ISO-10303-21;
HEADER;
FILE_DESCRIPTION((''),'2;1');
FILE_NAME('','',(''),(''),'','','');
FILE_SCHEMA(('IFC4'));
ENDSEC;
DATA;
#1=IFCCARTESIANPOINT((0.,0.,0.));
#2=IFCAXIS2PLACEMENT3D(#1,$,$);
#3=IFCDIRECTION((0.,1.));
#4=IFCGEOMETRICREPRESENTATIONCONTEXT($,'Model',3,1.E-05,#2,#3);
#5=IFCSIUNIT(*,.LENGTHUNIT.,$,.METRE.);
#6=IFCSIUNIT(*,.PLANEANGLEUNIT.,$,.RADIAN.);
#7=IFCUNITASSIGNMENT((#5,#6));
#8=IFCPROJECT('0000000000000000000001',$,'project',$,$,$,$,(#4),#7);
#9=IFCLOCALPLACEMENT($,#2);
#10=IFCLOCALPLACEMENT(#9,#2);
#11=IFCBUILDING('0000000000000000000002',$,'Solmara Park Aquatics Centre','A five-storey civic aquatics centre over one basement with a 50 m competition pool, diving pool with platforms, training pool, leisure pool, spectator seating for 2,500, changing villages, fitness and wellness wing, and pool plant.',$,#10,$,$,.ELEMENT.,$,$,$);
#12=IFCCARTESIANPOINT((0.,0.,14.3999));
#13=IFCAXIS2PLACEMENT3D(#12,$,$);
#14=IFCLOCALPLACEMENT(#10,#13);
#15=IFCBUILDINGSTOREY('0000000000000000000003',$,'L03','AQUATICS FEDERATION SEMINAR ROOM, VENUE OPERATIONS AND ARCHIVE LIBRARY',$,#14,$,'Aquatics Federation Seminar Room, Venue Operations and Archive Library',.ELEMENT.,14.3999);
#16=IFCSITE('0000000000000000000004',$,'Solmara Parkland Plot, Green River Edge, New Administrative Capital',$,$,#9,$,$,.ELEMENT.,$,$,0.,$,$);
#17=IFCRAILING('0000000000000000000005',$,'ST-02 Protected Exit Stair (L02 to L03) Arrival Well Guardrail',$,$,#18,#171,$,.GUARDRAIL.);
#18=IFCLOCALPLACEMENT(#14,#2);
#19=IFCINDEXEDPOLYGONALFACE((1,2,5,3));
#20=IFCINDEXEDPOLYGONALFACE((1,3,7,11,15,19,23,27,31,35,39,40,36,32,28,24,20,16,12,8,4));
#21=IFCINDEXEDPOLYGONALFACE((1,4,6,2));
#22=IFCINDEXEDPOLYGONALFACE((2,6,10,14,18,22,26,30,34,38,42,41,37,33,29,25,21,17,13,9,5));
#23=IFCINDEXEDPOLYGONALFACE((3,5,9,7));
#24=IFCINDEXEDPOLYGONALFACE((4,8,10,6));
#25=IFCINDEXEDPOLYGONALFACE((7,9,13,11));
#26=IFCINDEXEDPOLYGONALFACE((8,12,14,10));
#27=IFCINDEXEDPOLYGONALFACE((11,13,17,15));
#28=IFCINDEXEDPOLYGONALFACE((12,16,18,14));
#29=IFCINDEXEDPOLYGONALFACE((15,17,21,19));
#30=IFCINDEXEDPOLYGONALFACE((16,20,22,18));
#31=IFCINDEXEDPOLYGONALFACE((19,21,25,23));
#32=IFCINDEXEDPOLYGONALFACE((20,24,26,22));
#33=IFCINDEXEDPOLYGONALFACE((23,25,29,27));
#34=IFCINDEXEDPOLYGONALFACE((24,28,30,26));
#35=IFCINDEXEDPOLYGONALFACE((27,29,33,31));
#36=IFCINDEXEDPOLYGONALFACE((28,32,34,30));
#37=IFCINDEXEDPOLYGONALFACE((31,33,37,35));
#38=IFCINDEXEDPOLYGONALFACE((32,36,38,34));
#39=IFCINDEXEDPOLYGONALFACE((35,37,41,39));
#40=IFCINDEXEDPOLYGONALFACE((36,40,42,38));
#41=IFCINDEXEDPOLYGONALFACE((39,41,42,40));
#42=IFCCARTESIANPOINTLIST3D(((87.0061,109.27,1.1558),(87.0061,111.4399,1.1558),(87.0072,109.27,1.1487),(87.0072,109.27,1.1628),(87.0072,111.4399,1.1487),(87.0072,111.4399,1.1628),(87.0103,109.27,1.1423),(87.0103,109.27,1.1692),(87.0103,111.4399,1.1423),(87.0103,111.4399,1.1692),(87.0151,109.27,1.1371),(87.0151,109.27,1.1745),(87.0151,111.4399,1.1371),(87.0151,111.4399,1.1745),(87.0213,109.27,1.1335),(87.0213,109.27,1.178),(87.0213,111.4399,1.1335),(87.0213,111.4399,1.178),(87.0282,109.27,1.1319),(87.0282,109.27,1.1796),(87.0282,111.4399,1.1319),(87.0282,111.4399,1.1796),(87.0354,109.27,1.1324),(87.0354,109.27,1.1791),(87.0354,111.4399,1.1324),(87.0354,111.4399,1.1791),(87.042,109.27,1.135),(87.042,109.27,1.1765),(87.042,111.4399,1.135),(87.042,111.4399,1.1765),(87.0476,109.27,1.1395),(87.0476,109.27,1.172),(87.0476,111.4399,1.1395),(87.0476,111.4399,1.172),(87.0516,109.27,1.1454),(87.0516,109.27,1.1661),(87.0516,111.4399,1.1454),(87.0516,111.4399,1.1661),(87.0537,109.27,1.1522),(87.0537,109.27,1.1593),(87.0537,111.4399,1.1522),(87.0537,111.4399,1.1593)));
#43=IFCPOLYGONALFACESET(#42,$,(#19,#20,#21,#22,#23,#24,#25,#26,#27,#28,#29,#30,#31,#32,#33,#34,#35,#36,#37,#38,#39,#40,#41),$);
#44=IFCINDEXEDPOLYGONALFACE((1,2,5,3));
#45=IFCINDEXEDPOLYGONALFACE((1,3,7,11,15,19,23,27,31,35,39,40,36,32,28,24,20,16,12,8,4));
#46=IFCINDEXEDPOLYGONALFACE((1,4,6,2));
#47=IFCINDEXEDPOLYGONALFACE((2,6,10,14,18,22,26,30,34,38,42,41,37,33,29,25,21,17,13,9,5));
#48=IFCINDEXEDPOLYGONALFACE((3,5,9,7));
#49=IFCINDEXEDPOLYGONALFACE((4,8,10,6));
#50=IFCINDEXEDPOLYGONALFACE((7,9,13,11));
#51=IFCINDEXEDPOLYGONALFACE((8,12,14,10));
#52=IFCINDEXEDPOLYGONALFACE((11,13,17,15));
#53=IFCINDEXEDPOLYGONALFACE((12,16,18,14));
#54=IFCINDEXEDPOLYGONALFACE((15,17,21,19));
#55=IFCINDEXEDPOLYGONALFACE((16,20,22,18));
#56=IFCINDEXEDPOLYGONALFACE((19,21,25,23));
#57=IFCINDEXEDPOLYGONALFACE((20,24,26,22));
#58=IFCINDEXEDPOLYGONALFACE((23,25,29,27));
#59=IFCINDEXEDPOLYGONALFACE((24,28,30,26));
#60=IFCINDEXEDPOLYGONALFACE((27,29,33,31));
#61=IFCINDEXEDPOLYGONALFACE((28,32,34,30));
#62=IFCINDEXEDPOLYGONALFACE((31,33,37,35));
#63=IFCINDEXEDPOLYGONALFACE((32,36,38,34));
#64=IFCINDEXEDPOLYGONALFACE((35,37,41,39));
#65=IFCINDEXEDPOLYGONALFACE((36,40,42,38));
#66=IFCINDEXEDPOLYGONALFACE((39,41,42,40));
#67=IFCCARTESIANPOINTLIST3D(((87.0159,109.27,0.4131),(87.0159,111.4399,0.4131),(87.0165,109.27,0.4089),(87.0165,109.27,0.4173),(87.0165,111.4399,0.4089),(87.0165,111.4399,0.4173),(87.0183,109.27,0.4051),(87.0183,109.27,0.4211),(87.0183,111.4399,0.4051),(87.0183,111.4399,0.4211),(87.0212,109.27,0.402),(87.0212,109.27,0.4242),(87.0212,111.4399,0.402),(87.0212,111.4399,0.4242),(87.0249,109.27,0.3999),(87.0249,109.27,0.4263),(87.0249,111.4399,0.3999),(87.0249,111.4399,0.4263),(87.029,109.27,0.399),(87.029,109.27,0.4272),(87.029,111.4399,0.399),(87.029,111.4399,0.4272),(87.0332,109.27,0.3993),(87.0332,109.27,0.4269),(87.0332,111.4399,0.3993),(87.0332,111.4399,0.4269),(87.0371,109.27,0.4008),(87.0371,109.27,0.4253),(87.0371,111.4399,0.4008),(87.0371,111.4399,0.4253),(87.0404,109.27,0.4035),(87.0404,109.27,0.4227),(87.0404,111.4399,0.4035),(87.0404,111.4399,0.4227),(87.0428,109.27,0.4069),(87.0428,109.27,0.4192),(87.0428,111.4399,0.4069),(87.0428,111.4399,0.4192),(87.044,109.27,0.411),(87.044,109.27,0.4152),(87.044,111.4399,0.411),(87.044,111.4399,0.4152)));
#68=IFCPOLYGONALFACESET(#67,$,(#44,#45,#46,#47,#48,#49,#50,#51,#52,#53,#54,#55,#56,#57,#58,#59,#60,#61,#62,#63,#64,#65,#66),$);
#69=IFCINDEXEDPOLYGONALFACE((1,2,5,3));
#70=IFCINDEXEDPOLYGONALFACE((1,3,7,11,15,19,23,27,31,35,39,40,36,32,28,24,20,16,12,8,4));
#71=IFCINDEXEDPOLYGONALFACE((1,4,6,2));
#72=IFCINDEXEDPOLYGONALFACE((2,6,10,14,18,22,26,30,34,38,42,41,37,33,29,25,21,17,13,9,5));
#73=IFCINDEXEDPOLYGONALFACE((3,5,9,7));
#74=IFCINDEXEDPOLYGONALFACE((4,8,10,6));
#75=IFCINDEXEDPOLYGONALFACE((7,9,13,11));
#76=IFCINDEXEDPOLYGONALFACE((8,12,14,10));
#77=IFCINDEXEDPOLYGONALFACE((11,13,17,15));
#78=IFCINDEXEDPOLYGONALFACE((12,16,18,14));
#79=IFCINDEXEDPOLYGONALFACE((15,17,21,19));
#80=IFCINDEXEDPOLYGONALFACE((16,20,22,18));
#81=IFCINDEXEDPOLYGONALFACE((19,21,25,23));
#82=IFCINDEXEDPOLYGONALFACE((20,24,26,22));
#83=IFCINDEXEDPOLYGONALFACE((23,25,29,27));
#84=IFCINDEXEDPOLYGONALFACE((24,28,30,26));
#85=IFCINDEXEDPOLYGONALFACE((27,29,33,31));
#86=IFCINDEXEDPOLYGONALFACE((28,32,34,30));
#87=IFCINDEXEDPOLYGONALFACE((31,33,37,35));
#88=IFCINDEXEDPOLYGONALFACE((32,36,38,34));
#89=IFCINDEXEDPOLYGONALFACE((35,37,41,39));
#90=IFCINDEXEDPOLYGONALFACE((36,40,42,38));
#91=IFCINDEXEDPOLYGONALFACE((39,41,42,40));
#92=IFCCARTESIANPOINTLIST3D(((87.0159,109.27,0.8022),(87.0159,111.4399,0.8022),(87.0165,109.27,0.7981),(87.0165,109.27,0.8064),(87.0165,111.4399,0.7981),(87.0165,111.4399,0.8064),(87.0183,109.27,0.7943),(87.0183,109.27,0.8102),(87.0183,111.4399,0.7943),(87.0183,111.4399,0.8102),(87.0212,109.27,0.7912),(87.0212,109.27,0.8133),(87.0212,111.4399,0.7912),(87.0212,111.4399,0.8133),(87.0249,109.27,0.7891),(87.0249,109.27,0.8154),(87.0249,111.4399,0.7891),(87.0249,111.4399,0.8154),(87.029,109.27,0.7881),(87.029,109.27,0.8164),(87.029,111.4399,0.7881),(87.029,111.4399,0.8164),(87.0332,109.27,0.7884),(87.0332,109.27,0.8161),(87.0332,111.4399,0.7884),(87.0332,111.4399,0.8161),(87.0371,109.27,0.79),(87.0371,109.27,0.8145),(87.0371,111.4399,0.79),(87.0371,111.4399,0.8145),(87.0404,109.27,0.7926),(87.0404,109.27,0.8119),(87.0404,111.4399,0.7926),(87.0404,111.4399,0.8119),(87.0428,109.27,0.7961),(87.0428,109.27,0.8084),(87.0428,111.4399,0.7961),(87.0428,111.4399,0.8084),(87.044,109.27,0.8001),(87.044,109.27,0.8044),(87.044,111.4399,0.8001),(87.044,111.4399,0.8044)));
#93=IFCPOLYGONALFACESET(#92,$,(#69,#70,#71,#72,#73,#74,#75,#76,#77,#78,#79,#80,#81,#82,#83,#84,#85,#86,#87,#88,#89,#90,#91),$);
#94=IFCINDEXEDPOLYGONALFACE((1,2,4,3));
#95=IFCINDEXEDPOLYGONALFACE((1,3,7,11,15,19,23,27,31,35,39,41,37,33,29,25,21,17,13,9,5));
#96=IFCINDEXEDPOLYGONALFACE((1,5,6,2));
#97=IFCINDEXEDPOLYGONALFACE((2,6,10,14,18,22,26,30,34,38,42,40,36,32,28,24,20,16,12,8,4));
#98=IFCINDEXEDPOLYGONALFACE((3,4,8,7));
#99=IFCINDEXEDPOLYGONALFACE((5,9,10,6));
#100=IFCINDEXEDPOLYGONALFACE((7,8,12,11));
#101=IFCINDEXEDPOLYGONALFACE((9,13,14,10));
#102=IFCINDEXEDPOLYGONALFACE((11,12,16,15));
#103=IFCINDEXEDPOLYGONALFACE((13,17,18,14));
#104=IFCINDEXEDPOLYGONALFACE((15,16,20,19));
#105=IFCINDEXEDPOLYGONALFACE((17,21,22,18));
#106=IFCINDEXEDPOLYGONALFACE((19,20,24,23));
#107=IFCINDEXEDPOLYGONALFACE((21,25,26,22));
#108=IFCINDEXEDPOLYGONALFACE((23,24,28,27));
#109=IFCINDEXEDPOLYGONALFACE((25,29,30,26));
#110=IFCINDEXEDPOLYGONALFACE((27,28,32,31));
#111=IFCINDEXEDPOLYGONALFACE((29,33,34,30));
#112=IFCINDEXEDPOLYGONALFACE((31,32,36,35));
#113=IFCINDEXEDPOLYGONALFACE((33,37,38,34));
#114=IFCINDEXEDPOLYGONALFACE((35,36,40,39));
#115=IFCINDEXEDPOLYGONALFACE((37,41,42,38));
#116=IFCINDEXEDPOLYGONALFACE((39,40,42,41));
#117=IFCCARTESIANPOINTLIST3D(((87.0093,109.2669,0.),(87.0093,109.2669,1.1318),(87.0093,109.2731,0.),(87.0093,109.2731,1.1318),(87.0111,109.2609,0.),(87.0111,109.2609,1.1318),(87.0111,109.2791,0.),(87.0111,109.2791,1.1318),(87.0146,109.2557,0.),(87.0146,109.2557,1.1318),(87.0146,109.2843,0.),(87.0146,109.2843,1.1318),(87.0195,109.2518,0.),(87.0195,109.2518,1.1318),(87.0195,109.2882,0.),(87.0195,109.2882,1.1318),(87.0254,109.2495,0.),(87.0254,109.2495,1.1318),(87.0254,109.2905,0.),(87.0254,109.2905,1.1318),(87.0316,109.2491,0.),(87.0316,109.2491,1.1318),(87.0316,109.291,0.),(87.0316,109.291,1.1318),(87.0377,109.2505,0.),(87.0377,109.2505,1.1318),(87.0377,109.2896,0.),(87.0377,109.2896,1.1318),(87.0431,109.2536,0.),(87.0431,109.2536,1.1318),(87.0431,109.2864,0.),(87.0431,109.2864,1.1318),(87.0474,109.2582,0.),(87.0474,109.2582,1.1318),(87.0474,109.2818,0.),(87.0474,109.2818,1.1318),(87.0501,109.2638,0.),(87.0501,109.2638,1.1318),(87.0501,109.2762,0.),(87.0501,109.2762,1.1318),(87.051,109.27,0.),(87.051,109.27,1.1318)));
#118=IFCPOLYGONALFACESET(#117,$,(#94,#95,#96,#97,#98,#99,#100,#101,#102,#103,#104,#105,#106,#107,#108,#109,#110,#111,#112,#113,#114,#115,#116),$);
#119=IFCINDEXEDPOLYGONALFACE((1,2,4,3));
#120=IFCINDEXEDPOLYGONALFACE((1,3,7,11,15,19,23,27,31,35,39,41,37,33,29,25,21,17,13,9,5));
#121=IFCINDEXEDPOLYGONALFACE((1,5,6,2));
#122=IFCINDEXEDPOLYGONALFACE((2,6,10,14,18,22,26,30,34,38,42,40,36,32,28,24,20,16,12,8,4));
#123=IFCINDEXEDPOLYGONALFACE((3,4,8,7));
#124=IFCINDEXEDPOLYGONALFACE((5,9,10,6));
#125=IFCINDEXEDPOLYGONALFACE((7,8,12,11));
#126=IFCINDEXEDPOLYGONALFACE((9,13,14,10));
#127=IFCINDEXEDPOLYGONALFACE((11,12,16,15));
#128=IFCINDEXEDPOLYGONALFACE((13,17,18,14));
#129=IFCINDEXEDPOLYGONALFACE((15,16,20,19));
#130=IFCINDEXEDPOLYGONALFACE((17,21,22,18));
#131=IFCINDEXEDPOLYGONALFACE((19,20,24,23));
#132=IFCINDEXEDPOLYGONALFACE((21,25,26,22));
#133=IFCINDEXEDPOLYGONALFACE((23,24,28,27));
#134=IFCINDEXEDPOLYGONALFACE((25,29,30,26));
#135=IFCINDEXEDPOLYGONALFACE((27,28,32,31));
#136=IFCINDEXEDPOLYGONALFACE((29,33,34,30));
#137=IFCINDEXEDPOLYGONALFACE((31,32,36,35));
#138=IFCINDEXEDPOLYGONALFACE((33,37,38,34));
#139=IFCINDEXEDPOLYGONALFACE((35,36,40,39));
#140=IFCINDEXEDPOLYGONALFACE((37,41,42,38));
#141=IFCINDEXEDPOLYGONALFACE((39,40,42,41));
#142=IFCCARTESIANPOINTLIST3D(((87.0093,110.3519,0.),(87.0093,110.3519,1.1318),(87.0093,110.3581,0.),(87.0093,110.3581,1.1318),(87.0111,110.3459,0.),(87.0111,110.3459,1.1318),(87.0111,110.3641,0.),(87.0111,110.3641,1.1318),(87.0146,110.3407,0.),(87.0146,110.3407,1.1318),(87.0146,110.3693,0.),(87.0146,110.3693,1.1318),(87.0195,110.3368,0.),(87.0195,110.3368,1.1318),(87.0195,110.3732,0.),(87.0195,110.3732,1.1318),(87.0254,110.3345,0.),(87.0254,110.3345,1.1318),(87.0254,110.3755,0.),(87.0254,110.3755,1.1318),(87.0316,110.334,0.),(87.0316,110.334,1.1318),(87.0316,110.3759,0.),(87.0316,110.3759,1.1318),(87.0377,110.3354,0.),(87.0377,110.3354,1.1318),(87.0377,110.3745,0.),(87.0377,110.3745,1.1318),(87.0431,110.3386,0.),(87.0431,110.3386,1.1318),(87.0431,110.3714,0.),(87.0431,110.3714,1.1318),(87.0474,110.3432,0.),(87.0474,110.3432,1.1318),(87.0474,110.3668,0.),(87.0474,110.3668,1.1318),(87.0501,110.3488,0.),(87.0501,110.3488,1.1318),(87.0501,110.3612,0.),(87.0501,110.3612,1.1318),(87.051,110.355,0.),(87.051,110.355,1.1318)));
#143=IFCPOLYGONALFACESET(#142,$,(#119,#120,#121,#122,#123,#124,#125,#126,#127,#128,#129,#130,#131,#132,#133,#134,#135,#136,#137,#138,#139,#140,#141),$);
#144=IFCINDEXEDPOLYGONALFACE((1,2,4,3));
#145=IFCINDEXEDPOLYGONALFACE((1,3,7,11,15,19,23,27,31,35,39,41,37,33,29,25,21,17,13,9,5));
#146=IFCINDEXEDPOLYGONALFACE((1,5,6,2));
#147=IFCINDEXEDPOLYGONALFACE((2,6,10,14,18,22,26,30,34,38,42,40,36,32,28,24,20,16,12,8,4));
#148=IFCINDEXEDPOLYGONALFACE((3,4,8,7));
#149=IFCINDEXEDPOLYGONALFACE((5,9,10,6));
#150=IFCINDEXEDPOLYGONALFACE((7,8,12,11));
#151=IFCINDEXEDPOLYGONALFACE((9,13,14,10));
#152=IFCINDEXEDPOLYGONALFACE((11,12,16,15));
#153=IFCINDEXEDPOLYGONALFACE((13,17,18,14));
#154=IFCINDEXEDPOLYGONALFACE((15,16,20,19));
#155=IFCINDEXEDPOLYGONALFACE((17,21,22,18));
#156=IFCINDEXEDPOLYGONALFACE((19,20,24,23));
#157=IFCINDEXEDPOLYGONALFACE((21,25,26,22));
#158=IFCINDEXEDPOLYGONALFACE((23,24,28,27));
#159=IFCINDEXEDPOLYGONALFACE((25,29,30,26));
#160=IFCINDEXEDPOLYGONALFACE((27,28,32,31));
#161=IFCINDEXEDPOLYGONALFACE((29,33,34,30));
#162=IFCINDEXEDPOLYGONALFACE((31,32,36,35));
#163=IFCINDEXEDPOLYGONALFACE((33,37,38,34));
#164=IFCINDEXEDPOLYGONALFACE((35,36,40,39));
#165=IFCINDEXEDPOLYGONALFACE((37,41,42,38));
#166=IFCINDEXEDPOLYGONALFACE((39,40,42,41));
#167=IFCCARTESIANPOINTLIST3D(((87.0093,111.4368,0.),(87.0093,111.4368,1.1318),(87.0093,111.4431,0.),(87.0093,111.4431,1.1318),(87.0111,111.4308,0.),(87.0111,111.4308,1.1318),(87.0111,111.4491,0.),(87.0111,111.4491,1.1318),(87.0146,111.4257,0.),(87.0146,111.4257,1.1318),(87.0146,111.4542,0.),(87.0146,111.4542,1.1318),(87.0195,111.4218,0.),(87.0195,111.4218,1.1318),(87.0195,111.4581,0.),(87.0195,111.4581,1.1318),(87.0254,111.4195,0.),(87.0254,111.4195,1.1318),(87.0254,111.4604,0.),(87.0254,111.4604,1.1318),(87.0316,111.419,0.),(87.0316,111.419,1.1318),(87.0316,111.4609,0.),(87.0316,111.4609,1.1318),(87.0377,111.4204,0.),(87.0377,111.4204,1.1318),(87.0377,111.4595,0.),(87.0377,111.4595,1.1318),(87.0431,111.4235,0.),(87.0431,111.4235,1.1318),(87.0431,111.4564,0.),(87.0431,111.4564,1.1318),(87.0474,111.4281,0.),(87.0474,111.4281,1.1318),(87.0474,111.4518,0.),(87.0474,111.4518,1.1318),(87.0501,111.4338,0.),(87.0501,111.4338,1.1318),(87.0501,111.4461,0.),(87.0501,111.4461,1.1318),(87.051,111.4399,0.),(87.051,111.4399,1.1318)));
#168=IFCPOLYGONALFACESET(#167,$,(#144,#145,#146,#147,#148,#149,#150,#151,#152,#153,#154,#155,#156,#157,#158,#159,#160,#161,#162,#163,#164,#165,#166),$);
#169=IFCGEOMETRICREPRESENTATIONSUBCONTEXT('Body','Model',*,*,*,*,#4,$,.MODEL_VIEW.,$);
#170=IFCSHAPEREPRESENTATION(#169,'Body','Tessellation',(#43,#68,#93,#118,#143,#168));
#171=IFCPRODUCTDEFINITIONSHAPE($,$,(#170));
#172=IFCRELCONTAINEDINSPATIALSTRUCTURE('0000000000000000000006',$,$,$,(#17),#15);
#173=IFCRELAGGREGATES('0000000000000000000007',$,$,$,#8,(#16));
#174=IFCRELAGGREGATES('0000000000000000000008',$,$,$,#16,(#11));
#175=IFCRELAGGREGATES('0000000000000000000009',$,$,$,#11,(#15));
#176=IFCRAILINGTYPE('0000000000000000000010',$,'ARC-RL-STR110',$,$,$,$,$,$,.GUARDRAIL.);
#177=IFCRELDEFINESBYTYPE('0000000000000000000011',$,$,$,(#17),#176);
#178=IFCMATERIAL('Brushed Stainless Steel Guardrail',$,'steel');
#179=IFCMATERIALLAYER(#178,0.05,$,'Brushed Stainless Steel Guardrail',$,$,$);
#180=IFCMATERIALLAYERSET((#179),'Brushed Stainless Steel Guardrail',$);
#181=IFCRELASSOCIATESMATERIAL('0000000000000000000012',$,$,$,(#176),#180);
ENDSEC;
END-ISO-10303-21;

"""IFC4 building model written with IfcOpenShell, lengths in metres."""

from ifc_helpers import new_model, si_unit, direction, frame, origin, origin_2d, place, context, subcontext, project, spatial, circle, extrude, material, layer, layer_set, type_object, element, save


model = new_model("IFC4")

# Units and contexts
model_context = context("Model", 3, precision=1e-05, world=origin(), true_north=direction((0.0, 1.0)))
body_context = subcontext(model_context, "Body", "Model", "MODEL_VIEW")
ifc_project = project(units=[si_unit("LENGTHUNIT", "METRE"), si_unit("PLANEANGLEUNIT", "RADIAN")], contexts=[model_context])

# Site, building, storey
site_placement = place(None, origin())
site = spatial("IfcSite", under=ifc_project, at=site_placement, Name="Solmara Parkland Plot, Green River Edge, New Administrative Capital", CompositionType="ELEMENT", RefElevation=0.0)
building_placement = place(site_placement, origin())
building = spatial("IfcBuilding", under=site, at=building_placement, Name="Solmara Park Aquatics Centre", Description="A five-storey civic aquatics centre over one basement with a 50 m competition pool, diving pool with platforms, training pool, leisure pool, spectator seating for 2,500, changing villages, fitness and wellness wing, and pool plant.", CompositionType="ELEMENT")
storey_placement = place(building_placement, frame((0.0, 0.0, 14.3999)))
storey = spatial("IfcBuildingStorey", under=building, at=storey_placement, Name="L03", Description="AQUATICS FEDERATION SEMINAR ROOM, VENUE OPERATIONS AND ARCHIVE LIBRARY", LongName="Aquatics Federation Seminar Room, Venue Operations and Archive Library", CompositionType="ELEMENT", Elevation=14.3999)

# Railing
ifc_material_1 = material(Name="Brushed Stainless Steel Guardrail", Category="steel")
ifc_layer_1 = layer(ifc_material_1, 0.05, Name="Brushed Stainless Steel Guardrail")
ifc_layer_set_1 = layer_set([ifc_layer_1], Name="Brushed Stainless Steel Guardrail")
railing_type_1 = type_object("IfcRailingType", Name="ARC-RL-STR110", PredefinedType="GUARDRAIL", material=ifc_layer_set_1)
railing_1_placement = place(storey_placement, frame((87.03, 109.27, 0.0)))
element("IfcRailing", 1, at=railing_1_placement, inside=storey, type_object=railing_type_1, Name="ST-02 Protected Exit Stair (L02 to L03) Arrival Well Guardrail", PredefinedType="GUARDRAIL", context=body_context, shape_type="SweptSolid", body=[
    extrude(circle(Radius=0.0239, at=origin_2d()), frame((0.0, 0.0, 1.1558), z_axis=(0.0, 1.0, 0.0), x_axis=(-1.0, 0.0, 0.0)), (0.0, 0.0, 1.0), 2.1699),
    extrude(circle(Radius=0.0142, at=origin_2d()), frame((0.0, 0.0, 0.4131), z_axis=(0.0, 1.0, 0.0), x_axis=(-1.0, 0.0, 0.0)), (0.0, 0.0, 1.0), 2.1699),
    extrude(circle(Radius=0.0142, at=origin_2d()), frame((0.0, 0.0, 0.8022), z_axis=(0.0, 1.0, 0.0), x_axis=(-1.0, 0.0, 0.0)), (0.0, 0.0, 1.0), 2.1699),
    extrude(circle(Radius=0.021, at=origin_2d()), origin(), (0.0, 0.0, 1.0), 1.1318),
    extrude(circle(Radius=0.021, at=origin_2d()), frame((0.0, 1.085, 0.0)), (0.0, 0.0, 1.0), 1.1318),
    extrude(circle(Radius=0.021, at=origin_2d()), frame((0.0, 2.1699, 0.0)), (0.0, 0.0, 1.0), 1.1318),
])

save(model, "model.ifc")
